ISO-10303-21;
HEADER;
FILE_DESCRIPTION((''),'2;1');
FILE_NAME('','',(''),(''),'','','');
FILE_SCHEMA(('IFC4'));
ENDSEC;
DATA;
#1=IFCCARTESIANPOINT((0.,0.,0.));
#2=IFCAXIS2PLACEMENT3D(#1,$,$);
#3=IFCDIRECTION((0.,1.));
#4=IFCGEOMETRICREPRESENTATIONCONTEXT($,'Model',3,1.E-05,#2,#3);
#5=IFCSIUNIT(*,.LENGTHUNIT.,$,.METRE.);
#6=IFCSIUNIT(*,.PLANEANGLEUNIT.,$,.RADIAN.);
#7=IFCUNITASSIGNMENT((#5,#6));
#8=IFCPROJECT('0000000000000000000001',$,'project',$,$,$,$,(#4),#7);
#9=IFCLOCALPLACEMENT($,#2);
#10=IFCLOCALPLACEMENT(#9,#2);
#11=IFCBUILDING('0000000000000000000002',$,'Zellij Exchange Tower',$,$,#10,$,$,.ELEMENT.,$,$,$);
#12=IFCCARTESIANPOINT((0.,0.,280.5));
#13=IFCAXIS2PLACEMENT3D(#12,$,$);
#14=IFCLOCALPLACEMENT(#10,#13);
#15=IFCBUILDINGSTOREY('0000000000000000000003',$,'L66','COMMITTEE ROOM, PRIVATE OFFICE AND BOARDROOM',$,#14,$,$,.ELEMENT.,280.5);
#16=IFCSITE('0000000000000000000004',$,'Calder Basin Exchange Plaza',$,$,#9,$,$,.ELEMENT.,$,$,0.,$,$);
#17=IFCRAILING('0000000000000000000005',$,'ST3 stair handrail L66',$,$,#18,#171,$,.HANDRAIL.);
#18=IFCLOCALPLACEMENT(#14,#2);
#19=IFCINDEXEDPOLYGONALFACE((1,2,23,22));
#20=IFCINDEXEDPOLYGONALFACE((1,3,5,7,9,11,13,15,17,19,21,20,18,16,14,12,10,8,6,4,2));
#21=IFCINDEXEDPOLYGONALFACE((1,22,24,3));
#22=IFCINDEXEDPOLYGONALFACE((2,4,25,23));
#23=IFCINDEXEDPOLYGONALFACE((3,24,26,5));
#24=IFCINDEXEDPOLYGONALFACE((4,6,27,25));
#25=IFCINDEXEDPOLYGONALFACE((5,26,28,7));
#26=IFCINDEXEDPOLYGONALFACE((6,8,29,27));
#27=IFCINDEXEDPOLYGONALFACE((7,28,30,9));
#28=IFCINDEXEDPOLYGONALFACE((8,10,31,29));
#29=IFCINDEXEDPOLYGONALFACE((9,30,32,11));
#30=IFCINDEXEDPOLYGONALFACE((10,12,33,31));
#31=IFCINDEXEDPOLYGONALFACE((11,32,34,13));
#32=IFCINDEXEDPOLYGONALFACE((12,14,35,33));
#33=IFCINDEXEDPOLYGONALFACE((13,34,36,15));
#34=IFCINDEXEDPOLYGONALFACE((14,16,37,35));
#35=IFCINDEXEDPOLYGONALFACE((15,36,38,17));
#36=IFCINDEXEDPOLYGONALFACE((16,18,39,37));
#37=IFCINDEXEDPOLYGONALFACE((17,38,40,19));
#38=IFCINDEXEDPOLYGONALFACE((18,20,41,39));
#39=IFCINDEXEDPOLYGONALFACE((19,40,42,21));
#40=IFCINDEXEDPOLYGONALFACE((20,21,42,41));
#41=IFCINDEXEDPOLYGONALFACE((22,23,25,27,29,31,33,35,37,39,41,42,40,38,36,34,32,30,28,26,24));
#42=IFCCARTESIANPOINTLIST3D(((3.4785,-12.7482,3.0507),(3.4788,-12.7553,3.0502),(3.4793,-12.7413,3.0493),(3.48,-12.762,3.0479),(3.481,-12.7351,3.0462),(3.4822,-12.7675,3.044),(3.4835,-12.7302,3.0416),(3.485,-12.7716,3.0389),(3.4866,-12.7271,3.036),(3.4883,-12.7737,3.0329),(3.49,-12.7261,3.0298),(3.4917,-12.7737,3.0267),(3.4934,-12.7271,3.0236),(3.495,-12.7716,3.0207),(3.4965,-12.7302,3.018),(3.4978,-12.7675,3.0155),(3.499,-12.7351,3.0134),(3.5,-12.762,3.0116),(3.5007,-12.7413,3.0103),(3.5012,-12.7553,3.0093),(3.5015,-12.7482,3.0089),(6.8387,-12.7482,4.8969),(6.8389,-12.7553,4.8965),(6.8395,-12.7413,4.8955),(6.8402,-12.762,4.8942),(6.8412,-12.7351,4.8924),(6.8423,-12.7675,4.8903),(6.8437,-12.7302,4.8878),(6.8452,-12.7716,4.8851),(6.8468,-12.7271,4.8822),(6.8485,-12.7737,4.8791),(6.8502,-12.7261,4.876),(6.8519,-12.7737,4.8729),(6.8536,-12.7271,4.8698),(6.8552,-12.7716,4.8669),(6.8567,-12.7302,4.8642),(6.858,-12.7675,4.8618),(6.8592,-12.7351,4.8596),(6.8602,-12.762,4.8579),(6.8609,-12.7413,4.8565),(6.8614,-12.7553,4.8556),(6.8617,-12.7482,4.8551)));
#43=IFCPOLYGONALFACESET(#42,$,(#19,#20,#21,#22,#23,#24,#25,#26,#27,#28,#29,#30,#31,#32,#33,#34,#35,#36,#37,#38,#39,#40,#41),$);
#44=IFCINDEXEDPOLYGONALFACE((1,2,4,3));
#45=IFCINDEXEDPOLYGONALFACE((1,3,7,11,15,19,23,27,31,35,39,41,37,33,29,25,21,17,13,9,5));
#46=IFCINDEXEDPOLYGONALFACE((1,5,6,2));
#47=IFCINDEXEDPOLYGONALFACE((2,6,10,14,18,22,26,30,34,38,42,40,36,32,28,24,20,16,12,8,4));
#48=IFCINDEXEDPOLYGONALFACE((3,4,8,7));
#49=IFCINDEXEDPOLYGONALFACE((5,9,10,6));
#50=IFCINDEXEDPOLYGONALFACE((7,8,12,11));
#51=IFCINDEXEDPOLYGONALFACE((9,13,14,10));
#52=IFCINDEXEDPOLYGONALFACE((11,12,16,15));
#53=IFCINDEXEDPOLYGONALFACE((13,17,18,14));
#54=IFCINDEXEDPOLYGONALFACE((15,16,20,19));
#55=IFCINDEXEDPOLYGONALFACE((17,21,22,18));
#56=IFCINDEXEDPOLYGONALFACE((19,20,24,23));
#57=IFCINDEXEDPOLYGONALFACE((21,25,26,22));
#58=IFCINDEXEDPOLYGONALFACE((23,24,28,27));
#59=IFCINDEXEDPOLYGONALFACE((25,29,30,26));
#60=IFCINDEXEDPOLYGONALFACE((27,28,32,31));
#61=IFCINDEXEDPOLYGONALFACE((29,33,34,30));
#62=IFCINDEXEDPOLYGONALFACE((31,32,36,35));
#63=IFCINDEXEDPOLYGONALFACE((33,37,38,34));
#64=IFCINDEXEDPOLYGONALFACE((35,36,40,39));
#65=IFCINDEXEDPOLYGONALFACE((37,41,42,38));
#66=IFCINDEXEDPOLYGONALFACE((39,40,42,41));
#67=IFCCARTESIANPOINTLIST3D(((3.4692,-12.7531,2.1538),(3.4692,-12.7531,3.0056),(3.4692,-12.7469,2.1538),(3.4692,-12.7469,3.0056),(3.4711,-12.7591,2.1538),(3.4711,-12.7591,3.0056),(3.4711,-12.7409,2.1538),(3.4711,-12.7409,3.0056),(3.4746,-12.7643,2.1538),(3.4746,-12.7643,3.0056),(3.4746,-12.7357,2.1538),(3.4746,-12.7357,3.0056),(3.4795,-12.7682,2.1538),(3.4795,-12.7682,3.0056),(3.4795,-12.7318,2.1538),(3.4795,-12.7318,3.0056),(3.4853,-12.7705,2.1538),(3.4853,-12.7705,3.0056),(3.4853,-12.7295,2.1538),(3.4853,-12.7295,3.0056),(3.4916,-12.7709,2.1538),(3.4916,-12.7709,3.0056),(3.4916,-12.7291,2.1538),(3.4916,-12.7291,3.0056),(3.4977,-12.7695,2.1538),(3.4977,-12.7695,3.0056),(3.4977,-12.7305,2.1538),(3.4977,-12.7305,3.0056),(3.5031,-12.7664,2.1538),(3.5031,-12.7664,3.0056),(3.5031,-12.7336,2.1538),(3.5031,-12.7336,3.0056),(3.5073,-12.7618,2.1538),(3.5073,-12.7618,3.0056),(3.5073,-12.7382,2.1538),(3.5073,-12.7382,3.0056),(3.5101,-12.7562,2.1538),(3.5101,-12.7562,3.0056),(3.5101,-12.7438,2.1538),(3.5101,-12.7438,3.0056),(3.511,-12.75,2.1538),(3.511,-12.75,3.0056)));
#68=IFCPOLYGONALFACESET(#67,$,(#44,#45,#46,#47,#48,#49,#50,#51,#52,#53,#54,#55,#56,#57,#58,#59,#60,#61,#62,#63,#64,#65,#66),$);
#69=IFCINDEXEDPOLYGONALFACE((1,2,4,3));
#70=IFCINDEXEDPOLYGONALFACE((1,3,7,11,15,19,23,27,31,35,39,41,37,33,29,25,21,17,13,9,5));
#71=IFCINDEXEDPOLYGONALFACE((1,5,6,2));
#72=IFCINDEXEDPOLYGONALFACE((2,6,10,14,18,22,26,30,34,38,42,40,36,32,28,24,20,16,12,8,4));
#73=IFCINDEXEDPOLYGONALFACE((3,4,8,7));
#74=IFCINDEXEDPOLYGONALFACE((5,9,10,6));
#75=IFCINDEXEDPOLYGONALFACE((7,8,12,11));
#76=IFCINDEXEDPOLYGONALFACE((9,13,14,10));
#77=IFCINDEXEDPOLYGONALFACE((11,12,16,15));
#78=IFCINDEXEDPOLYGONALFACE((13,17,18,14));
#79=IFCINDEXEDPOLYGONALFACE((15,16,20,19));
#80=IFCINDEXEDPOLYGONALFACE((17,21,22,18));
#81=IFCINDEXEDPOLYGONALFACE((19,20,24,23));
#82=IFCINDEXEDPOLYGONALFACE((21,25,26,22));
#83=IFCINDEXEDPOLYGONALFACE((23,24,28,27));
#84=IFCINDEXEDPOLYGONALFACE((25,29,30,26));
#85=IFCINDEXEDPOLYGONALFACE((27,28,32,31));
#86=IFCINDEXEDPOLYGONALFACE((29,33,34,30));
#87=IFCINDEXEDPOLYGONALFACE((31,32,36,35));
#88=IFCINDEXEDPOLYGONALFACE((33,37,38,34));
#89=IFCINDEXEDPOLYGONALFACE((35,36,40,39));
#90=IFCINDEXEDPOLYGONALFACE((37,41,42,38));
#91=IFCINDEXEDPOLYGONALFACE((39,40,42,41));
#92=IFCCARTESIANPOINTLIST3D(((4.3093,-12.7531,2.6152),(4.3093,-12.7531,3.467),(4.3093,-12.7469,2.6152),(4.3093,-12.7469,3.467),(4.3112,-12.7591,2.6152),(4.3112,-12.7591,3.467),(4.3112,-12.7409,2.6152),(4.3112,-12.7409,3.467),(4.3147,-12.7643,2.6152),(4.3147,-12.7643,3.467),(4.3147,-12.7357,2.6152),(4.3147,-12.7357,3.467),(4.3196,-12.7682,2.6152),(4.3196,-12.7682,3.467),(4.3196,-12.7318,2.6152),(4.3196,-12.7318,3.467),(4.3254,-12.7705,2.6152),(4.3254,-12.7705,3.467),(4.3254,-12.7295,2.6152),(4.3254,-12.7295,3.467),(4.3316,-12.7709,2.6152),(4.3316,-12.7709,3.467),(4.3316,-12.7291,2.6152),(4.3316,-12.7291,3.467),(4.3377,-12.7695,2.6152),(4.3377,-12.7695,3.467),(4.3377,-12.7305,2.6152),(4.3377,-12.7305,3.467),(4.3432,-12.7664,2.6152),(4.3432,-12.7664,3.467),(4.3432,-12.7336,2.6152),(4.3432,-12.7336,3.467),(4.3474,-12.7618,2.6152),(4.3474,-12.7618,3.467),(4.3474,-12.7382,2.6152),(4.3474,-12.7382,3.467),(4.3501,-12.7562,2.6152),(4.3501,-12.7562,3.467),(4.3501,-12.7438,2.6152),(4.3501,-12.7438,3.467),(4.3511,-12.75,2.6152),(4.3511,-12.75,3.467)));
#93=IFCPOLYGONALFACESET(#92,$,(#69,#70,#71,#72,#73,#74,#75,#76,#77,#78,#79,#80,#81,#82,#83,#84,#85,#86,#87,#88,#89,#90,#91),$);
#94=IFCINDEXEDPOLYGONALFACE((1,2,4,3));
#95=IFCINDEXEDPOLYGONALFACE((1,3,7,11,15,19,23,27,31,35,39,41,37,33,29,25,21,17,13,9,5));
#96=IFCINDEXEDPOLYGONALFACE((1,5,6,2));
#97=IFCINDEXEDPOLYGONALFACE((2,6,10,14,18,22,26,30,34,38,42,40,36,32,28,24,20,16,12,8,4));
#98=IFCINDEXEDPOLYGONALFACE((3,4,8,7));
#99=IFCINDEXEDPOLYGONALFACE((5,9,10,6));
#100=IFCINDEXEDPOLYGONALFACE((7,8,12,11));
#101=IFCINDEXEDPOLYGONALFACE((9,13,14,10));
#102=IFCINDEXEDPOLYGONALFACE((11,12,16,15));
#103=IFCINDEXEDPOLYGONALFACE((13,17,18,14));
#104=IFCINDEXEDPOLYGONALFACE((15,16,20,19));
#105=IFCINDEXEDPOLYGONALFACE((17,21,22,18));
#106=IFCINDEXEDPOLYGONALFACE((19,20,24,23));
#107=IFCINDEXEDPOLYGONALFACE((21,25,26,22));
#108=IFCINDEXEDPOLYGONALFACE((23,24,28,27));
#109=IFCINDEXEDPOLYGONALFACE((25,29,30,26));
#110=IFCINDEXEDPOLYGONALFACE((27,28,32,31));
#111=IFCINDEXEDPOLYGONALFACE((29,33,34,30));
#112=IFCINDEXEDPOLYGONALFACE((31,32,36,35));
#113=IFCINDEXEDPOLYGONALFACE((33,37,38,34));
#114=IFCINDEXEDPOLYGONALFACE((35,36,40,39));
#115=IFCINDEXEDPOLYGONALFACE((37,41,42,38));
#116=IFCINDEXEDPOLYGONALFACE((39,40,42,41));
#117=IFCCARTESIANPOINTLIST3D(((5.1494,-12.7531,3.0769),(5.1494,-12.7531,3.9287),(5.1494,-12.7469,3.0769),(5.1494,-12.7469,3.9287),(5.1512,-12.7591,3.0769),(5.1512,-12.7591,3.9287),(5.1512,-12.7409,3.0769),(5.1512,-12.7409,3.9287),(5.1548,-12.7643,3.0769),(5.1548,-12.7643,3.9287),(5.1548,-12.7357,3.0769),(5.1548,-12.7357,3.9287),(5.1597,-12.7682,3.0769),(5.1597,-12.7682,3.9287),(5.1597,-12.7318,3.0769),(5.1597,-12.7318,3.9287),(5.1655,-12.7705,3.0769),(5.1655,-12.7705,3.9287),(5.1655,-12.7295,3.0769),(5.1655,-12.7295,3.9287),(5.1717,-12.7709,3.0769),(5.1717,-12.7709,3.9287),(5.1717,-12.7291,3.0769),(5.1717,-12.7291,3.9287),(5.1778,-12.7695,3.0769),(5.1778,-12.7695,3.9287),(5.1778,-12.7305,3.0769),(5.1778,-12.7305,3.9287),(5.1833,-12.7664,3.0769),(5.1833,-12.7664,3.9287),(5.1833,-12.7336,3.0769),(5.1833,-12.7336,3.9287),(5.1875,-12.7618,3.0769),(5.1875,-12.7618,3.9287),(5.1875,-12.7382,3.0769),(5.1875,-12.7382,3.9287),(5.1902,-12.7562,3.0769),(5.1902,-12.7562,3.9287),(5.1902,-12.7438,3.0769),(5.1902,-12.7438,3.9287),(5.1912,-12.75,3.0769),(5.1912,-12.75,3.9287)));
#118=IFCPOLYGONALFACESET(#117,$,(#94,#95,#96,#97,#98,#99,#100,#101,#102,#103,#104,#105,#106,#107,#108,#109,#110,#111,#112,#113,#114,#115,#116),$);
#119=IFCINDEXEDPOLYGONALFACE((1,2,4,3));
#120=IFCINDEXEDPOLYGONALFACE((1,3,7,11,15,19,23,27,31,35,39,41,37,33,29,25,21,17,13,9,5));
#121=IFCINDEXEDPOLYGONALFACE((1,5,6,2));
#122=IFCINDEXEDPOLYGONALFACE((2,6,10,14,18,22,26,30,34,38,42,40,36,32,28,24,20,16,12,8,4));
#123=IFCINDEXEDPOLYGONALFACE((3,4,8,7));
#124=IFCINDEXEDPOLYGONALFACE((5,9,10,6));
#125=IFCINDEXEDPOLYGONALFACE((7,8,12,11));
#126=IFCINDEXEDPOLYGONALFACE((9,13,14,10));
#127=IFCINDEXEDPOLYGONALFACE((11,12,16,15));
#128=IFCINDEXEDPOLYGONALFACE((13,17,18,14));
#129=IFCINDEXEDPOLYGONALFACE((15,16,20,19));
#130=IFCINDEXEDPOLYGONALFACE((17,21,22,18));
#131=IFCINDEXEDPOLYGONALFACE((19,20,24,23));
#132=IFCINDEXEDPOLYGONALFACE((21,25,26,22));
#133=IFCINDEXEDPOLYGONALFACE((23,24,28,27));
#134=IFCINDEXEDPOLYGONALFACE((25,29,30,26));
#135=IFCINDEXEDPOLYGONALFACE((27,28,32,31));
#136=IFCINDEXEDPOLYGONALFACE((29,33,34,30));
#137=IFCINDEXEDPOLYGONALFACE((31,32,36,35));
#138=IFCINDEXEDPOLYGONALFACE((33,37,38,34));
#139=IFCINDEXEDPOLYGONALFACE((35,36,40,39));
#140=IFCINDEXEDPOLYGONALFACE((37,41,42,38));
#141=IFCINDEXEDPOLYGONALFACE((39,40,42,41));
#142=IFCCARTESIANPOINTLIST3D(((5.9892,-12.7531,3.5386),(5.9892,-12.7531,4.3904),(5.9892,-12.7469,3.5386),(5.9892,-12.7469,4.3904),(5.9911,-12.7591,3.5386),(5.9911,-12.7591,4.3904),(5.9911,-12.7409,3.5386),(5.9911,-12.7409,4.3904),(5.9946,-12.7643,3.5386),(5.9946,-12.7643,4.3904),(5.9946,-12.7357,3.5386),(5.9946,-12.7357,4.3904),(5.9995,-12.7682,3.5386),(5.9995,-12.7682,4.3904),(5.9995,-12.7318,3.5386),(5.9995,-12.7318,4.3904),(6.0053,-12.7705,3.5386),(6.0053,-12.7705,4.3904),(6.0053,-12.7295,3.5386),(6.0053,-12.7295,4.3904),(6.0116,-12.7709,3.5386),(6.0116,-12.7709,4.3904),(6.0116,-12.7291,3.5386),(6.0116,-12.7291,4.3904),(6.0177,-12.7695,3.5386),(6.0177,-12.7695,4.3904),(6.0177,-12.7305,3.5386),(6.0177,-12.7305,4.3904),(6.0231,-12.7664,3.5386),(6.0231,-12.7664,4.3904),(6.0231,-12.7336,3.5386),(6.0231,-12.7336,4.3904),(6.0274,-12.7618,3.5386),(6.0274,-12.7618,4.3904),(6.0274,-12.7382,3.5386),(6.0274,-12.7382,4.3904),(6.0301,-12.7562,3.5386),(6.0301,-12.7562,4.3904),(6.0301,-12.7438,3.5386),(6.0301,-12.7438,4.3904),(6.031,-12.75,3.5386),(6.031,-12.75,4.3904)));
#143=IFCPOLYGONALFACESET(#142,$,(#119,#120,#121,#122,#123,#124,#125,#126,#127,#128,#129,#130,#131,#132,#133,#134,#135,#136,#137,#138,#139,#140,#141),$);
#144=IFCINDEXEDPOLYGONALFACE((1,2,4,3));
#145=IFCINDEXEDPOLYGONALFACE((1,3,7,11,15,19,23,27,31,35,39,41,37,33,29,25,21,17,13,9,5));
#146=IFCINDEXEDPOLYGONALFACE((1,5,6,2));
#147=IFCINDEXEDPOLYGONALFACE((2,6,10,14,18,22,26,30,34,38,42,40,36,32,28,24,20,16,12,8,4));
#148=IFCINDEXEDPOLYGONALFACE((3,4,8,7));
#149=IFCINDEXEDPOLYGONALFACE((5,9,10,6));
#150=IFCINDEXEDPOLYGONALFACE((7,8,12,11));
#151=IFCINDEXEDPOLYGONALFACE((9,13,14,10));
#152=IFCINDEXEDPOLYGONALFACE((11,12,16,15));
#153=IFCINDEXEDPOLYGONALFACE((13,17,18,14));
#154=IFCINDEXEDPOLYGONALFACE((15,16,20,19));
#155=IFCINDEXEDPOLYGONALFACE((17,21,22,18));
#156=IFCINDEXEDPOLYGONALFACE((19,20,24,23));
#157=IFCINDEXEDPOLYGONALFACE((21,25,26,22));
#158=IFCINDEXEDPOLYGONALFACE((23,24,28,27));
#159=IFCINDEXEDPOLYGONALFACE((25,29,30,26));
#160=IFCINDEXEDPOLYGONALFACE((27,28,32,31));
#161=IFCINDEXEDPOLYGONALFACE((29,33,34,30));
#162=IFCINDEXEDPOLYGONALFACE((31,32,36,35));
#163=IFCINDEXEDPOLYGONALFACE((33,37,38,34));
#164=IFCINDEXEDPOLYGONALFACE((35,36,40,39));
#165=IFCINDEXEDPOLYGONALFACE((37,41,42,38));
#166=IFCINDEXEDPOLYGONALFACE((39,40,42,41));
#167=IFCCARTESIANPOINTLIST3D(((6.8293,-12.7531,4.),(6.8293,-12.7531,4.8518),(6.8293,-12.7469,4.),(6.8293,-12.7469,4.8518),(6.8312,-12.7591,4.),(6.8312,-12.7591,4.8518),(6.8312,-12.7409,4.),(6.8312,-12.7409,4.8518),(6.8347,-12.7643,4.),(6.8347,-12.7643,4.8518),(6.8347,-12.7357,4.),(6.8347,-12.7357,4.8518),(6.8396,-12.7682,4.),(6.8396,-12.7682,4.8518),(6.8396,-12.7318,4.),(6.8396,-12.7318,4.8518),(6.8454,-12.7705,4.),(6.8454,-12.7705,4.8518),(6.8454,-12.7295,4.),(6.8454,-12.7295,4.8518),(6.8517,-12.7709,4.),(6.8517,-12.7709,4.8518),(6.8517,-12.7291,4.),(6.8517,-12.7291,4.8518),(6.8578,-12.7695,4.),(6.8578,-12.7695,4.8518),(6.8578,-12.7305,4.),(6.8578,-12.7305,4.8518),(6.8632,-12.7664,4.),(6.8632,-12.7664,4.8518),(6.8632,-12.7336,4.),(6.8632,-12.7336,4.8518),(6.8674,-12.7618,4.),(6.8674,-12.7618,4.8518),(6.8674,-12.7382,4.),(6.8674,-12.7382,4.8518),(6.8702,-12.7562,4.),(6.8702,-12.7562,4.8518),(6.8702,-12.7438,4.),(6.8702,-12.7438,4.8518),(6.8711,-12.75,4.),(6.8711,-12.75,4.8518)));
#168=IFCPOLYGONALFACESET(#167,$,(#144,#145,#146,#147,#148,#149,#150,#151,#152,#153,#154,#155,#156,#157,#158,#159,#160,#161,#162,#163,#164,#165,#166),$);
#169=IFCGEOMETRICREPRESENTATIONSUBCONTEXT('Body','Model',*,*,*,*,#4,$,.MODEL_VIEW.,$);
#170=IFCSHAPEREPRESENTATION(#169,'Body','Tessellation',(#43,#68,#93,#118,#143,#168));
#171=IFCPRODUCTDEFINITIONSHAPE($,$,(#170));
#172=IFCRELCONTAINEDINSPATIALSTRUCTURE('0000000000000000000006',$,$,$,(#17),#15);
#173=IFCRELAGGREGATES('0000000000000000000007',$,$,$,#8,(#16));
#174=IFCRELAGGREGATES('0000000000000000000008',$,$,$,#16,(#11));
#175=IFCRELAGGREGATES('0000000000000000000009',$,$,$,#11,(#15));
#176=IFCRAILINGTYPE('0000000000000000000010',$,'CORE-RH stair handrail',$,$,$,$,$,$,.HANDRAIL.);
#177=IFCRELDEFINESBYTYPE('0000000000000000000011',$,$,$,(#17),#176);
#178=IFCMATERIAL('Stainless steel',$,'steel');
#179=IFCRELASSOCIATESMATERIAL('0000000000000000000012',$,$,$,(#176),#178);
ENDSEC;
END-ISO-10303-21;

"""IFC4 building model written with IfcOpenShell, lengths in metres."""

from ifc_helpers import new_model, si_unit, direction, frame, origin, origin_2d, place, context, subcontext, project, spatial, circle, extrude, material, type_object, element, save


model = new_model("IFC4")

# Units and contexts
model_context = context("Model", 3, precision=1e-05, world=origin(), true_north=direction((0.0, 1.0)))
body_context = subcontext(model_context, "Body", "Model", "MODEL_VIEW")
ifc_project = project(units=[si_unit("LENGTHUNIT", "METRE"), si_unit("PLANEANGLEUNIT", "RADIAN")], contexts=[model_context])

# Site, building, storey
site_placement = place(None, origin())
site = spatial("IfcSite", under=ifc_project, at=site_placement, Name="Calder Basin Exchange Plaza", CompositionType="ELEMENT", RefElevation=0.0)
building_placement = place(site_placement, origin())
building = spatial("IfcBuilding", under=site, at=building_placement, Name="Zellij Exchange Tower", CompositionType="ELEMENT")
storey_placement = place(building_placement, frame((0.0, 0.0, 280.5)))
storey = spatial("IfcBuildingStorey", under=building, at=storey_placement, Name="L66", Description="COMMITTEE ROOM, PRIVATE OFFICE AND BOARDROOM", CompositionType="ELEMENT", Elevation=280.5)

# Railing
ifc_material_1 = material(Name="Stainless steel", Category="steel")
railing_type_1 = type_object("IfcRailingType", Name="CORE-RH stair handrail", PredefinedType="HANDRAIL", material=ifc_material_1)
railing_1_placement = place(storey_placement, frame((3.49, -12.75, 2.1538)))
element("IfcRailing", 1, at=railing_1_placement, inside=storey, type_object=railing_type_1, Name="ST3 stair handrail L66", PredefinedType="HANDRAIL", context=body_context, shape_type="SweptSolid", body=[
    extrude(circle(Radius=0.0239, at=origin_2d()), frame((0.0, 0.0, 0.876), z_axis=(0.876422, 0.0, 0.481545), x_axis=(0.0, 1.0, 0.0)), (0.0, 0.0, 1.0), 3.834),
    extrude(circle(Radius=0.021, at=origin_2d()), origin(), (0.0, 0.0, 1.0), 0.8518),
    extrude(circle(Radius=0.021, at=origin_2d()), frame((0.8401, 0.0, 0.4614)), (0.0, 0.0, 1.0), 0.8518),
    extrude(circle(Radius=0.021, at=origin_2d()), frame((1.6802, 0.0, 0.9231)), (0.0, 0.0, 1.0), 0.8518),
    extrude(circle(Radius=0.021, at=origin_2d()), frame((2.52, 0.0, 1.3848)), (0.0, 0.0, 1.0), 0.8518),
    extrude(circle(Radius=0.021, at=origin_2d()), frame((3.3601, 0.0, 1.8462)), (0.0, 0.0, 1.0), 0.8518),
])

save(model, "model.ifc")
